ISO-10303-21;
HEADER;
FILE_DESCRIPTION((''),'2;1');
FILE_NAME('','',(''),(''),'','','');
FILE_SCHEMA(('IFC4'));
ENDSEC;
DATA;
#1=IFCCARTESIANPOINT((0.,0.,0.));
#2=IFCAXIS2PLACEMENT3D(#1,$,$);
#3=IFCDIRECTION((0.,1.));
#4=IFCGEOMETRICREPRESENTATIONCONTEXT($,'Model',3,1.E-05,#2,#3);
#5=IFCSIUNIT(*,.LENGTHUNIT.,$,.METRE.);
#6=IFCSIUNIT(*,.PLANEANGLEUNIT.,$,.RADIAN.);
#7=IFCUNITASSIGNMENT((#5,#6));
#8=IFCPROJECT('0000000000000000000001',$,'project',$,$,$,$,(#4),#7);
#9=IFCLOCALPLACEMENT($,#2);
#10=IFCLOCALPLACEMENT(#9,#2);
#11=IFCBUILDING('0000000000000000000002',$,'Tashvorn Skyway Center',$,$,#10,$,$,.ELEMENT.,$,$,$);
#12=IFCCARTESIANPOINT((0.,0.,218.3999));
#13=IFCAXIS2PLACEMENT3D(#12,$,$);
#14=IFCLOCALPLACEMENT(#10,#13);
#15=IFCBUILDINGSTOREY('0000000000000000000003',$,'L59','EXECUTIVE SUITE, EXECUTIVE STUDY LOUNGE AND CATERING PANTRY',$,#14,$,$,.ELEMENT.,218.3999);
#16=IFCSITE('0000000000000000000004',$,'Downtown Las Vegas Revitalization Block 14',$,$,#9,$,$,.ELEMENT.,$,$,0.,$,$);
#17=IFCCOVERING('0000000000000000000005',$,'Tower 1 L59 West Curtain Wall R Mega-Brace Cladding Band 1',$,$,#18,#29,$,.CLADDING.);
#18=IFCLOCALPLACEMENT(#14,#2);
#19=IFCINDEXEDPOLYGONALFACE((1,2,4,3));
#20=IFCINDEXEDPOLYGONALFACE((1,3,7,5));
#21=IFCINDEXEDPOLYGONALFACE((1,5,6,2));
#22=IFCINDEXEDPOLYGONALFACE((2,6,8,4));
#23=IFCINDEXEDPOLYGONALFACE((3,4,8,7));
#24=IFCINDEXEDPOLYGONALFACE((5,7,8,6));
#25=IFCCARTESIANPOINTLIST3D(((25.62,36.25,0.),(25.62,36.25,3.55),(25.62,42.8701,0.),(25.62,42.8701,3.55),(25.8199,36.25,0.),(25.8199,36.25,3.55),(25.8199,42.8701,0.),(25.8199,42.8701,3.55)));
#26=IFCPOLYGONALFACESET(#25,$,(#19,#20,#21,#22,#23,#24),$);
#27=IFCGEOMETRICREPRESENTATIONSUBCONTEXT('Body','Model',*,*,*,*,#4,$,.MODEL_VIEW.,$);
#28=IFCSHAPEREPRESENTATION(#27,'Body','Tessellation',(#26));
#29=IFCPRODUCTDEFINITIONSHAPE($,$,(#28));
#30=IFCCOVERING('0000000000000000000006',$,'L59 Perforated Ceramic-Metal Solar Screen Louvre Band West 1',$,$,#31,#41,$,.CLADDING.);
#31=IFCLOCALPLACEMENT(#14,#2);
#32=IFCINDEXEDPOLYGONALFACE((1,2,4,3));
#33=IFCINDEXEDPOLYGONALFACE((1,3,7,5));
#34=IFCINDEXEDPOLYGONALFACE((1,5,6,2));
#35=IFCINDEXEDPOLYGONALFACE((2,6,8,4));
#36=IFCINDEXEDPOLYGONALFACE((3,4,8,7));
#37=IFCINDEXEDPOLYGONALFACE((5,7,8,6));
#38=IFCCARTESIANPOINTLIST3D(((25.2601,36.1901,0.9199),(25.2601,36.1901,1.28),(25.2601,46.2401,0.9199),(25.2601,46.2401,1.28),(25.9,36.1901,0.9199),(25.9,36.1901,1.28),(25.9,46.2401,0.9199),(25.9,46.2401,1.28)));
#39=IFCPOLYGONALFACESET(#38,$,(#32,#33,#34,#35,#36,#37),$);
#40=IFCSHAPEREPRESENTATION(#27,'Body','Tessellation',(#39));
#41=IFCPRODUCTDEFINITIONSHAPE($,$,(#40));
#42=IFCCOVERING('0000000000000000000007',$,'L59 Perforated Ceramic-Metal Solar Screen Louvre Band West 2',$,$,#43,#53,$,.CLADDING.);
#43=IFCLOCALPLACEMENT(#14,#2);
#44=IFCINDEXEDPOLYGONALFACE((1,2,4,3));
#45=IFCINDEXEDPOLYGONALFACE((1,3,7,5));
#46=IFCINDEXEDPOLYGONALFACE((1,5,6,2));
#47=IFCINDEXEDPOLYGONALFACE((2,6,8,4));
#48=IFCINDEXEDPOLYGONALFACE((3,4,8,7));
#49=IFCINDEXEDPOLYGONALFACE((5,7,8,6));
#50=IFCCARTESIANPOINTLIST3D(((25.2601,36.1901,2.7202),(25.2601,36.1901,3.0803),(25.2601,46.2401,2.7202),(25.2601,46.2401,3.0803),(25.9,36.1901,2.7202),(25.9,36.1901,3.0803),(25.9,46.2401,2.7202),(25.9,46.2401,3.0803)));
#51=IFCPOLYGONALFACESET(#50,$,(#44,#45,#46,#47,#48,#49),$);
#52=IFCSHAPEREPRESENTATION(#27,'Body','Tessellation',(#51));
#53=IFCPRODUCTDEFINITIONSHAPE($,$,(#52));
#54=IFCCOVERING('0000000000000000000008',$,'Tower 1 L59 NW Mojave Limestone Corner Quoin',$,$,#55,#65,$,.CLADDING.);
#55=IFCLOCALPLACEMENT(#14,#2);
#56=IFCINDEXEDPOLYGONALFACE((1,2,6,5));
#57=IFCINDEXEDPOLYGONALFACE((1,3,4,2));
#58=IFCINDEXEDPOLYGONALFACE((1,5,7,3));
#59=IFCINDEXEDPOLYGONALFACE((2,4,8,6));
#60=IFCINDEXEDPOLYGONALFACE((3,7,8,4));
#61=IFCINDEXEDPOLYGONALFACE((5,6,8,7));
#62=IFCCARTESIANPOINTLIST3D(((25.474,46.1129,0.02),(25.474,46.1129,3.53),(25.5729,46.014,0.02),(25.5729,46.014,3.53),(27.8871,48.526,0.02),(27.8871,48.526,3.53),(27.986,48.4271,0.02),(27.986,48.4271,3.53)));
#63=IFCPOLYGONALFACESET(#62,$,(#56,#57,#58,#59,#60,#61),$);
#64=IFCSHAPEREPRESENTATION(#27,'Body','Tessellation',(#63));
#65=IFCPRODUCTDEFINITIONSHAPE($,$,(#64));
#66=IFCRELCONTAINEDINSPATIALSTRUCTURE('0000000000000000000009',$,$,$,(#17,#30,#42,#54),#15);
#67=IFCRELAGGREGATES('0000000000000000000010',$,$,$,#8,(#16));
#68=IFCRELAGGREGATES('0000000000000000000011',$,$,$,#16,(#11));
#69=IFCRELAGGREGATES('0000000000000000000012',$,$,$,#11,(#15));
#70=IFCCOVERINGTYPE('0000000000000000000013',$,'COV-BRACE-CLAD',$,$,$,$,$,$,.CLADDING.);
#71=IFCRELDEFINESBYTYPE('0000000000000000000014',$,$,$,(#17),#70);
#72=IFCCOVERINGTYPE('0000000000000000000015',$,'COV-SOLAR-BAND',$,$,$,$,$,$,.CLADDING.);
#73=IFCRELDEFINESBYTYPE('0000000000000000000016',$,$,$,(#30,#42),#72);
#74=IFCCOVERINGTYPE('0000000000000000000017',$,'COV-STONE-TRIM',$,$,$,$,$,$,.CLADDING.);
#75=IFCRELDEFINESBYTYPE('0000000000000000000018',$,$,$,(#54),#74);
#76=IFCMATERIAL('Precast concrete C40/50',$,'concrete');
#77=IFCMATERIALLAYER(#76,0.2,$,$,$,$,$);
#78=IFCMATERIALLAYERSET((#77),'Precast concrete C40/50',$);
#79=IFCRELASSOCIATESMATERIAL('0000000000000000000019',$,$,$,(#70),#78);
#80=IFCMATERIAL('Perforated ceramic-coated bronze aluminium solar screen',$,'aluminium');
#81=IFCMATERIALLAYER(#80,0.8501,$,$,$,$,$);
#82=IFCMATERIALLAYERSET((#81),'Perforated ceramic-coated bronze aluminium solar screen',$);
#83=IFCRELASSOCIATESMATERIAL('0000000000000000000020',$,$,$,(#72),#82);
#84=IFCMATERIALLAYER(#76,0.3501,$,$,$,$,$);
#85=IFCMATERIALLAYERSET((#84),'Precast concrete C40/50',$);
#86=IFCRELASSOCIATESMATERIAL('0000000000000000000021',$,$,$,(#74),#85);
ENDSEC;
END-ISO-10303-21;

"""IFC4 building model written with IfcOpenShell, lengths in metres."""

from ifc_helpers import new_model, si_unit, direction, frame, origin, origin_2d, place, context, subcontext, project, spatial, rectangle, extrude, material, layer, layer_set, type_object, element, save


model = new_model("IFC4")

# Units and contexts
model_context = context("Model", 3, precision=1e-05, world=origin(), true_north=direction((0.0, 1.0)))
body_context = subcontext(model_context, "Body", "Model", "MODEL_VIEW")
ifc_project = project(units=[si_unit("LENGTHUNIT", "METRE"), si_unit("PLANEANGLEUNIT", "RADIAN")], contexts=[model_context])

# Site, building, storey
site_placement = place(None, origin())
site = spatial("IfcSite", under=ifc_project, at=site_placement, Name="Downtown Las Vegas Revitalization Block 14", CompositionType="ELEMENT", RefElevation=0.0)
building_placement = place(site_placement, origin())
building = spatial("IfcBuilding", under=site, at=building_placement, Name="Tashvorn Skyway Center", CompositionType="ELEMENT")
storey_placement = place(building_placement, frame((0.0, 0.0, 218.3999)))
storey = spatial("IfcBuildingStorey", under=building, at=storey_placement, Name="L59", Description="EXECUTIVE SUITE, EXECUTIVE STUDY LOUNGE AND CATERING PANTRY", CompositionType="ELEMENT", Elevation=218.3999)

# Shared definitions
ifc_material_1 = material(Name="Precast concrete C40/50", Category="concrete")

# Coverings
ifc_layer_1 = layer(ifc_material_1, 0.2)
ifc_layer_set_1 = layer_set([ifc_layer_1], Name="Precast concrete C40/50")
covering_type_1 = type_object("IfcCoveringType", Name="COV-BRACE-CLAD", PredefinedType="CLADDING", material=ifc_layer_set_1)
covering_1_placement = place(storey_placement, frame((25.72, 39.5601, 0.0), z_axis=(0.0, 0.0, 1.0), x_axis=(0.0, 1.0, 0.0)))
element("IfcCovering", 1, at=covering_1_placement, inside=storey, type_object=covering_type_1, Name="Tower 1 L59 West Curtain Wall R Mega-Brace Cladding Band 1", PredefinedType="CLADDING", context=body_context, shape_type="SweptSolid", body=[
    extrude(rectangle(XDim=6.6201, YDim=0.2, at=origin_2d()), origin(), (0.0, 0.0, 1.0), 3.55),
])
ifc_material_2 = material(Name="Perforated ceramic-coated bronze aluminium solar screen", Category="aluminium")
ifc_layer_2 = layer(ifc_material_2, 0.8501)
ifc_layer_set_2 = layer_set([ifc_layer_2], Name="Perforated ceramic-coated bronze aluminium solar screen")
covering_type_2 = type_object("IfcCoveringType", Name="COV-SOLAR-BAND", PredefinedType="CLADDING", material=ifc_layer_set_2)
for number, where, z_axis, x_axis, name in (
    (2, (25.5801, 41.2151, 0.9199), (0.0, 0.0, 1.0), (0.0, 1.0, 0.0), "L59 Perforated Ceramic-Metal Solar Screen Louvre Band West 1"),
    (3, (25.5801, 41.2151, 2.7202), (0.0, 0.0, 1.0), (0.0, 1.0, 0.0), "L59 Perforated Ceramic-Metal Solar Screen Louvre Band West 2"),
):
    element("IfcCovering", number, at=place(storey_placement, frame(where, z_axis=z_axis, x_axis=x_axis)), inside=storey, type_object=covering_type_2, Name=name, PredefinedType="CLADDING", context=body_context, shape_type="SweptSolid", body=[
        extrude(rectangle(XDim=10.05, YDim=0.6399, at=origin_2d()), origin(), (0.0, 0.0, 1.0), 0.3601),
    ])
ifc_layer_3 = layer(ifc_material_1, 0.3501)
ifc_layer_set_3 = layer_set([ifc_layer_3], Name="Precast concrete C40/50")
covering_type_3 = type_object("IfcCoveringType", Name="COV-STONE-TRIM", PredefinedType="CLADDING", material=ifc_layer_set_3)
covering_2_placement = place(storey_placement, frame((26.73, 47.27, 0.02), z_axis=(0.0, 0.0, 1.0), x_axis=(-0.707107, -0.707107, 0.0)))
element("IfcCovering", 4, at=covering_2_placement, inside=storey, type_object=covering_type_3, Name="Tower 1 L59 NW Mojave Limestone Corner Quoin", PredefinedType="CLADDING", context=body_context, shape_type="SweptSolid", body=[
    extrude(rectangle(XDim=3.4126, YDim=0.1399, at=origin_2d()), origin(), (0.0, 0.0, 1.0), 3.51),
])

save(model, "model.ifc")
